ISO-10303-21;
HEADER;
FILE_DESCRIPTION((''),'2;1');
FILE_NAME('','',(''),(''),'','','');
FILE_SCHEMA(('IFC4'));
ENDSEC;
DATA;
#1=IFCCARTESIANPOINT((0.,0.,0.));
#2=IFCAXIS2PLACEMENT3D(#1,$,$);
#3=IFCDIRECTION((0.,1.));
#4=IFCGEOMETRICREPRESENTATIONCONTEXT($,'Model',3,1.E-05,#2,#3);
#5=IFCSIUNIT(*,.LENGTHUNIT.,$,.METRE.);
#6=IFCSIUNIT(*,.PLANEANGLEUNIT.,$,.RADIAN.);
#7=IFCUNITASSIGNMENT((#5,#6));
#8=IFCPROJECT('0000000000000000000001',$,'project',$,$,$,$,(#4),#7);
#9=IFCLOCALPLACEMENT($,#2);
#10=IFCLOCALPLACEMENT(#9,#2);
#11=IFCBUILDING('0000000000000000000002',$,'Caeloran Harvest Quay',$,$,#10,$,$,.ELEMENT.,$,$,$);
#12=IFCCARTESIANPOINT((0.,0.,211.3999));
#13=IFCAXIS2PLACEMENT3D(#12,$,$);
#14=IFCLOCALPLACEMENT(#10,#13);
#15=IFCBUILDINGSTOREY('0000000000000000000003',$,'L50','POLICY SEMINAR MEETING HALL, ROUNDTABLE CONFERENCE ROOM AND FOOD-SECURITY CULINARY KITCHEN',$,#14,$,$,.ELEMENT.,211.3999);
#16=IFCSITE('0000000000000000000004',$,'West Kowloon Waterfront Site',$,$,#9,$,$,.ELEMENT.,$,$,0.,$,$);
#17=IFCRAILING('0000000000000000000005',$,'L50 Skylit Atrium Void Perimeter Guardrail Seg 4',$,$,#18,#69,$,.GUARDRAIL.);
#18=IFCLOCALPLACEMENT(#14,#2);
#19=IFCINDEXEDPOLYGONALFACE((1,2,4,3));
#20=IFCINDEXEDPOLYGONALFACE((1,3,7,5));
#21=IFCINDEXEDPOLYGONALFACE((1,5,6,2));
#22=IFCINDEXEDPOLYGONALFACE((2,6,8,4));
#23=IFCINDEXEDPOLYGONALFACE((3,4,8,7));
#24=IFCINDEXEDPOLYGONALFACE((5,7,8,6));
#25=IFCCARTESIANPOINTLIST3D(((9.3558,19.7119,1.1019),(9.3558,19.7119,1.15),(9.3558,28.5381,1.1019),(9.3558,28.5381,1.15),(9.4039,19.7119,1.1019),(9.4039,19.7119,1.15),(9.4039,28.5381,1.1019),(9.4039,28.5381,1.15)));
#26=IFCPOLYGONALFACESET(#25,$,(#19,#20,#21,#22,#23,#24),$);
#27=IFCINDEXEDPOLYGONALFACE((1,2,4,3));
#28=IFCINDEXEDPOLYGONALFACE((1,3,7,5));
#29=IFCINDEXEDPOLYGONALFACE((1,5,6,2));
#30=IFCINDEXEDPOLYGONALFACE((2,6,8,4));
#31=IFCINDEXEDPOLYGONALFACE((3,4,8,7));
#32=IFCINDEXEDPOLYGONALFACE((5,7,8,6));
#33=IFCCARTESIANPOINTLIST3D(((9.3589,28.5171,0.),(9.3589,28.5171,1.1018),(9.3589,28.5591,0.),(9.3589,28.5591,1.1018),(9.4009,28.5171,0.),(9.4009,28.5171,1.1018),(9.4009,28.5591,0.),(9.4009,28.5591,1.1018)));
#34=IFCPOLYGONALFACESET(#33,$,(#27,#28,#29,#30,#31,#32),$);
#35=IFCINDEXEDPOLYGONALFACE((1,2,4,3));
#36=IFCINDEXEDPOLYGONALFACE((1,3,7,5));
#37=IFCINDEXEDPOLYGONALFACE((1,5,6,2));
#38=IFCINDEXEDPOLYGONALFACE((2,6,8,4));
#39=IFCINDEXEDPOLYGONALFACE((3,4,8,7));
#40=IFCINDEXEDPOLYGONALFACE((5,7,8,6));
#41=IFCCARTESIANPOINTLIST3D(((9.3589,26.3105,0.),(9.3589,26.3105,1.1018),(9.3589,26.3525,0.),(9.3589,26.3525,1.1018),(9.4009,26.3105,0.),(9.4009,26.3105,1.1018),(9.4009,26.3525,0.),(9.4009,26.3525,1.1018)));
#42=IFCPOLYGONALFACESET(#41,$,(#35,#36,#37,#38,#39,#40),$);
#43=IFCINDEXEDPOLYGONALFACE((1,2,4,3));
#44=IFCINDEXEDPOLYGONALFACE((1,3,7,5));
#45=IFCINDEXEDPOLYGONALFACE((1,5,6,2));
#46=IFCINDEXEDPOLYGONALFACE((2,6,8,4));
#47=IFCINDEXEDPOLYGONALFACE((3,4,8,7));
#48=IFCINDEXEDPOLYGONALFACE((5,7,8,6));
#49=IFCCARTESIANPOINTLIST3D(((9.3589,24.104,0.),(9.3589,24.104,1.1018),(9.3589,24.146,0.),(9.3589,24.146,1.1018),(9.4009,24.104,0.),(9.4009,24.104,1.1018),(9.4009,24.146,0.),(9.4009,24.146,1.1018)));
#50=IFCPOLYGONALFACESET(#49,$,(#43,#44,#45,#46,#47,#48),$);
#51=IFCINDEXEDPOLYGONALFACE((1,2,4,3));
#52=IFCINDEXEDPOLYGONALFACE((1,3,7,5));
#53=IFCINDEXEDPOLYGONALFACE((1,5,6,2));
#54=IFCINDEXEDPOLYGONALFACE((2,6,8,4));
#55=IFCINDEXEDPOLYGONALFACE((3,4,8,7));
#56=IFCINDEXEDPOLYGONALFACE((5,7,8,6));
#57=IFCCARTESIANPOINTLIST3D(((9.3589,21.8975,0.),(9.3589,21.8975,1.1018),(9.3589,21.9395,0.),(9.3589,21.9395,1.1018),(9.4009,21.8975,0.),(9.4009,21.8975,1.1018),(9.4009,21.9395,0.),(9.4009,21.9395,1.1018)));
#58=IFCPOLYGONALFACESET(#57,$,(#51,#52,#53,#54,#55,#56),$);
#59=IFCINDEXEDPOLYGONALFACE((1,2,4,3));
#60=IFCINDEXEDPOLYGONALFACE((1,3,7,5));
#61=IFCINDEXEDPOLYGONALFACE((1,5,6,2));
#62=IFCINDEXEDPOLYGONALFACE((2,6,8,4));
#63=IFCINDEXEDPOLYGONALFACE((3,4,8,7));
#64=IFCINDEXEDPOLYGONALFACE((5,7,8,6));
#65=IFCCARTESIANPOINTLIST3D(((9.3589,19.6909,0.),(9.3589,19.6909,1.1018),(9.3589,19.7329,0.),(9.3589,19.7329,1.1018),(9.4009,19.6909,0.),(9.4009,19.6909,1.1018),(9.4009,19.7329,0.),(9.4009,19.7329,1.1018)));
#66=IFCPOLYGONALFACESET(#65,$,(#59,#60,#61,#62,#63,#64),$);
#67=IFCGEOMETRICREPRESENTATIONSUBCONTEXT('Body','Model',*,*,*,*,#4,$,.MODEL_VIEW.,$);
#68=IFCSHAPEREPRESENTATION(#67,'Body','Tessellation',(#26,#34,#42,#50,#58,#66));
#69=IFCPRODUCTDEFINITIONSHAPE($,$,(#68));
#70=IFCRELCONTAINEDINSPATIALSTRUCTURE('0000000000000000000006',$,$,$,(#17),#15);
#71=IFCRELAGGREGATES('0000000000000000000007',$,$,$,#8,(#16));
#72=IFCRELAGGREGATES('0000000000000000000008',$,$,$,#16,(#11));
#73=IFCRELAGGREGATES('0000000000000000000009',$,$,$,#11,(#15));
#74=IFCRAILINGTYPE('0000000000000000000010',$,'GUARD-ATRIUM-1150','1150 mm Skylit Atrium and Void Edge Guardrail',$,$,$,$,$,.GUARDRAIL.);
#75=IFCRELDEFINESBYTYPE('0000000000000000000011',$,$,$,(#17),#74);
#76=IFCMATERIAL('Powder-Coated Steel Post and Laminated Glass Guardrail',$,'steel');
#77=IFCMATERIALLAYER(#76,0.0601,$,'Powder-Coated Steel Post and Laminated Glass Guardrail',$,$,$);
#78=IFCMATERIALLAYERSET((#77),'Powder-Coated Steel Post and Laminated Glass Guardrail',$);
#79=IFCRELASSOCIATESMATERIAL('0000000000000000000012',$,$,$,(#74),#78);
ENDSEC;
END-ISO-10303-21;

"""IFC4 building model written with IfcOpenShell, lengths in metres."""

from ifc_helpers import new_model, si_unit, direction, frame, origin, origin_2d, place, context, subcontext, project, spatial, rectangle, extrude, material, layer, layer_set, type_object, element, save


model = new_model("IFC4")

# Units and contexts
model_context = context("Model", 3, precision=1e-05, world=origin(), true_north=direction((0.0, 1.0)))
body_context = subcontext(model_context, "Body", "Model", "MODEL_VIEW")
ifc_project = project(units=[si_unit("LENGTHUNIT", "METRE"), si_unit("PLANEANGLEUNIT", "RADIAN")], contexts=[model_context])

# Site, building, storey
site_placement = place(None, origin())
site = spatial("IfcSite", under=ifc_project, at=site_placement, Name="West Kowloon Waterfront Site", CompositionType="ELEMENT", RefElevation=0.0)
building_placement = place(site_placement, origin())
building = spatial("IfcBuilding", under=site, at=building_placement, Name="Caeloran Harvest Quay", CompositionType="ELEMENT")
storey_placement = place(building_placement, frame((0.0, 0.0, 211.3999)))
storey = spatial("IfcBuildingStorey", under=building, at=storey_placement, Name="L50", Description="POLICY SEMINAR MEETING HALL, ROUNDTABLE CONFERENCE ROOM AND FOOD-SECURITY CULINARY KITCHEN", CompositionType="ELEMENT", Elevation=211.3999)

# Railing
ifc_material_1 = material(Name="Powder-Coated Steel Post and Laminated Glass Guardrail", Category="steel")
ifc_layer_1 = layer(ifc_material_1, 0.0601, Name="Powder-Coated Steel Post and Laminated Glass Guardrail")
ifc_layer_set_1 = layer_set([ifc_layer_1], Name="Powder-Coated Steel Post and Laminated Glass Guardrail")
railing_type = type_object("IfcRailingType", Name="GUARD-ATRIUM-1150", Description="1150 mm Skylit Atrium and Void Edge Guardrail", PredefinedType="GUARDRAIL", material=ifc_layer_set_1)
railing_1_placement = place(storey_placement, frame((9.3799, 28.5381, 0.0)))
element("IfcRailing", 1, at=railing_1_placement, inside=storey, type_object=railing_type, Name="L50 Skylit Atrium Void Perimeter Guardrail Seg 4", PredefinedType="GUARDRAIL", context=body_context, shape_type="SweptSolid", body=[
    extrude(rectangle(XDim=0.0481, YDim=0.0481, at=origin_2d()), frame((0.0, 0.0, 1.126), z_axis=(0.0, -1.0, 0.0), x_axis=(1.0, 0.0, 0.0)), (0.0, 0.0, 1.0), 8.8262),
    extrude(rectangle(XDim=0.042, YDim=0.042, at=origin_2d()), origin(), (0.0, 0.0, 1.0), 1.1018),
    extrude(rectangle(XDim=0.042, YDim=0.042, at=origin_2d()), frame((0.0, -2.2065, 0.0)), (0.0, 0.0, 1.0), 1.1018),
    extrude(rectangle(XDim=0.042, YDim=0.042, at=origin_2d()), frame((0.0, -4.4131, 0.0)), (0.0, 0.0, 1.0), 1.1018),
    extrude(rectangle(XDim=0.042, YDim=0.042, at=origin_2d()), frame((0.0, -6.6196, 0.0)), (0.0, 0.0, 1.0), 1.1018),
    extrude(rectangle(XDim=0.042, YDim=0.042, at=origin_2d()), frame((0.0, -8.8262, 0.0)), (0.0, 0.0, 1.0), 1.1018),
])

save(model, "model.ifc")
